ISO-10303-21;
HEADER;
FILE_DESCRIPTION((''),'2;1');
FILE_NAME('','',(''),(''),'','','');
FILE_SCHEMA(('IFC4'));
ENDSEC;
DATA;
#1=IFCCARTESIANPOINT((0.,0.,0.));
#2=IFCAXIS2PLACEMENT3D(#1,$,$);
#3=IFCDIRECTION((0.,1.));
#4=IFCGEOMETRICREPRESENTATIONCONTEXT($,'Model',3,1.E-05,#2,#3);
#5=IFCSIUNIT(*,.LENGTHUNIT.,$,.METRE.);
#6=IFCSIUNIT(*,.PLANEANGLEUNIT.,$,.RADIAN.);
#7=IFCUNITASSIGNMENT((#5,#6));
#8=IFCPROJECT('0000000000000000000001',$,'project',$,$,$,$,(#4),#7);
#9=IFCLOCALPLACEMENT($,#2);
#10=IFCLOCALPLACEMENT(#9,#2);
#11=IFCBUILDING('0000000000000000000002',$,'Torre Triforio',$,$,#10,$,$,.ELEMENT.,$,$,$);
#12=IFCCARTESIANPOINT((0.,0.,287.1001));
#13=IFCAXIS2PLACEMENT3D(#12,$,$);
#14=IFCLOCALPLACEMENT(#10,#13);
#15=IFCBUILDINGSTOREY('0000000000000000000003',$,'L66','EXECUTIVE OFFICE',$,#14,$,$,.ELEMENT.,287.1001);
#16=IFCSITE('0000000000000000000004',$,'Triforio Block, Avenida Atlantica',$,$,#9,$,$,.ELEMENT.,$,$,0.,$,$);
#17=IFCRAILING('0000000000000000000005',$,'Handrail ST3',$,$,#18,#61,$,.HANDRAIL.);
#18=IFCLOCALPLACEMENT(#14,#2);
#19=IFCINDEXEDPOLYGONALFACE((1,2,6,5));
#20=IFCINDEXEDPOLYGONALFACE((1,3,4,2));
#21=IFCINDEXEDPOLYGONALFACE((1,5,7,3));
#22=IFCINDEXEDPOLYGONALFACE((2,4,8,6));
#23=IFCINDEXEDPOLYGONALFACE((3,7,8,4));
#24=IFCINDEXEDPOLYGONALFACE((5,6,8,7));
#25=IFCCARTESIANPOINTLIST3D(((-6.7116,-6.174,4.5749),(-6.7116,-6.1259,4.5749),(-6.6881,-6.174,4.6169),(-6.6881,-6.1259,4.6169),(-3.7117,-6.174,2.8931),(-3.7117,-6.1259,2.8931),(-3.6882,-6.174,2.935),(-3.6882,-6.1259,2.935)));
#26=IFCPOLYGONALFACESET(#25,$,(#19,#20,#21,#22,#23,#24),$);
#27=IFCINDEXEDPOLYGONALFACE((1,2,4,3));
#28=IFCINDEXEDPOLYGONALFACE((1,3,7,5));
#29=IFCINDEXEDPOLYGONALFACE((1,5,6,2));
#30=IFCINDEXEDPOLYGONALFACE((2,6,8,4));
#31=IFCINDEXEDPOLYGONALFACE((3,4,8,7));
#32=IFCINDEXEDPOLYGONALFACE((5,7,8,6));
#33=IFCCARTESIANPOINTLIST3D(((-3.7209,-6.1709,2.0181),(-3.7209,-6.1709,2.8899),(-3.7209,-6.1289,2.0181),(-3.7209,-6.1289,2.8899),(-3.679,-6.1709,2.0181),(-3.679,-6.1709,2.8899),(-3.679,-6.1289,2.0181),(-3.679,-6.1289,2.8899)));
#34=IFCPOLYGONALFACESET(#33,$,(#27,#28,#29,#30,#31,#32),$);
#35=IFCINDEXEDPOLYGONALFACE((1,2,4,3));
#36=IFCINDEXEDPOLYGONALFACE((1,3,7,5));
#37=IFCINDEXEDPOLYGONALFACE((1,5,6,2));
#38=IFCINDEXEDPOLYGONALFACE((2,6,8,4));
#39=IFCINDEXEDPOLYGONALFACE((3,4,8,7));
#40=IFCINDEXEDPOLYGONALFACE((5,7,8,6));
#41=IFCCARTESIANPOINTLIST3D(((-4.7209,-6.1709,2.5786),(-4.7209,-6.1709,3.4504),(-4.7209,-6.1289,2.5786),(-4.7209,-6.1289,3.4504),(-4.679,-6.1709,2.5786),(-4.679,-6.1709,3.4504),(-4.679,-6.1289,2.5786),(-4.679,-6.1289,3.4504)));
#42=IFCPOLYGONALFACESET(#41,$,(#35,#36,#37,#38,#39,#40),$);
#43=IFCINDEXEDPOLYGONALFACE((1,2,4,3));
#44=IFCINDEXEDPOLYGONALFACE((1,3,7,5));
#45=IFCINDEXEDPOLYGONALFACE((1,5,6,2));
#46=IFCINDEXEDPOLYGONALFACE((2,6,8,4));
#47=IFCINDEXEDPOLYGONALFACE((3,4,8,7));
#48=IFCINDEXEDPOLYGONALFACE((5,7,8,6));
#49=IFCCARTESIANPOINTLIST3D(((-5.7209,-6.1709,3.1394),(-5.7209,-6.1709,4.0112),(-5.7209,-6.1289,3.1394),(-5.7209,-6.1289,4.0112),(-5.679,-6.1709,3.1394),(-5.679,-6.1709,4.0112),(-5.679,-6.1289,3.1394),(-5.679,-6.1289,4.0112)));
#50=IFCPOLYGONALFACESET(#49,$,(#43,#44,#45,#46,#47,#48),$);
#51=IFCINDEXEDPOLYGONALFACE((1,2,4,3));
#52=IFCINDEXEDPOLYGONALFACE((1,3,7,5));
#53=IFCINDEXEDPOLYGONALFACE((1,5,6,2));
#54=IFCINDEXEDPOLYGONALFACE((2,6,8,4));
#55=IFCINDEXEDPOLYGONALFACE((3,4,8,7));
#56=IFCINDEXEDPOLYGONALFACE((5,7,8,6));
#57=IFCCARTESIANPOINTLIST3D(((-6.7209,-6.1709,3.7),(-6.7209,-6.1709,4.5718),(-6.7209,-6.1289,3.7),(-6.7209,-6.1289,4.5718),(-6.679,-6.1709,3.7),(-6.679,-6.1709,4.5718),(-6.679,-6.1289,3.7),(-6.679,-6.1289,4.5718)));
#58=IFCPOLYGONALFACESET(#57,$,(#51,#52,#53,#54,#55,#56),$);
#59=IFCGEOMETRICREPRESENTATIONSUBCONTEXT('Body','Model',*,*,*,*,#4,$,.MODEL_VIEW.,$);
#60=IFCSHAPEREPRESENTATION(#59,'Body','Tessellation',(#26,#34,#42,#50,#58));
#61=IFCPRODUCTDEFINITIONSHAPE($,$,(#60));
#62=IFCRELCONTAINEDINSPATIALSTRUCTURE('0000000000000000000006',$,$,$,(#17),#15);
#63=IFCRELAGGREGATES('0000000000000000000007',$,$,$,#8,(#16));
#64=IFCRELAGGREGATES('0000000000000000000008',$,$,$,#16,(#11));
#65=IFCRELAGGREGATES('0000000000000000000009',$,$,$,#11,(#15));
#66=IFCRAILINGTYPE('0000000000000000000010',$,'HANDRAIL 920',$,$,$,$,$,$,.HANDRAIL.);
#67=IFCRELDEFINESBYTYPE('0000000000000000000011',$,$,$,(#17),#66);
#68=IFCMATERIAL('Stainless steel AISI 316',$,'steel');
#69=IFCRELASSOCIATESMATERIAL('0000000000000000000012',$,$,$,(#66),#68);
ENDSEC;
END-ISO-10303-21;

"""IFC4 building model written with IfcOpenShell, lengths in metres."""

from ifc_helpers import new_model, si_unit, direction, frame, origin, origin_2d, place, context, subcontext, project, spatial, rectangle, extrude, material, type_object, element, save


model = new_model("IFC4")

# Units and contexts
model_context = context("Model", 3, precision=1e-05, world=origin(), true_north=direction((0.0, 1.0)))
body_context = subcontext(model_context, "Body", "Model", "MODEL_VIEW")
ifc_project = project(units=[si_unit("LENGTHUNIT", "METRE"), si_unit("PLANEANGLEUNIT", "RADIAN")], contexts=[model_context])

# Site, building, storey
site_placement = place(None, origin())
site = spatial("IfcSite", under=ifc_project, at=site_placement, Name="Triforio Block, Avenida Atlantica", CompositionType="ELEMENT", RefElevation=0.0)
building_placement = place(site_placement, origin())
building = spatial("IfcBuilding", under=site, at=building_placement, Name="Torre Triforio", CompositionType="ELEMENT")
storey_placement = place(building_placement, frame((0.0, 0.0, 287.1001)))
storey = spatial("IfcBuildingStorey", under=building, at=storey_placement, Name="L66", Description="EXECUTIVE OFFICE", CompositionType="ELEMENT", Elevation=287.1001)

# Railing
ifc_material_1 = material(Name="Stainless steel AISI 316", Category="steel")
railing_type = type_object("IfcRailingType", Name="HANDRAIL 920", PredefinedType="HANDRAIL", material=ifc_material_1)
for number, where, name in (
    (1, (-3.7, -6.1499, 2.0181), "Handrail ST3"),
):
    element("IfcRailing", number, at=place(storey_placement, frame(where)), inside=storey, type_object=railing_type, Name=name, PredefinedType="HANDRAIL", context=body_context, shape_type="SweptSolid", body=[
        extrude(rectangle(XDim=0.0481, YDim=0.0481, at=origin_2d()), frame((0.0, 0.0, 0.896), z_axis=(-0.872272, 0.0, 0.48902), x_axis=(0.0, -1.0, 0.0)), (0.0, 0.0, 1.0), 3.4392),
        extrude(rectangle(XDim=0.042, YDim=0.042, at=origin_2d()), origin(), (0.0, 0.0, 1.0), 0.8718),
        extrude(rectangle(XDim=0.042, YDim=0.042, at=origin_2d()), frame((-1.0, 0.0, 0.5605)), (0.0, 0.0, 1.0), 0.8718),
        extrude(rectangle(XDim=0.042, YDim=0.042, at=origin_2d()), frame((-2.0, 0.0, 1.1213)), (0.0, 0.0, 1.0), 0.8718),
        extrude(rectangle(XDim=0.042, YDim=0.042, at=origin_2d()), frame((-3.0, 0.0, 1.6819)), (0.0, 0.0, 1.0), 0.8718),
    ])

save(model, "model.ifc")
